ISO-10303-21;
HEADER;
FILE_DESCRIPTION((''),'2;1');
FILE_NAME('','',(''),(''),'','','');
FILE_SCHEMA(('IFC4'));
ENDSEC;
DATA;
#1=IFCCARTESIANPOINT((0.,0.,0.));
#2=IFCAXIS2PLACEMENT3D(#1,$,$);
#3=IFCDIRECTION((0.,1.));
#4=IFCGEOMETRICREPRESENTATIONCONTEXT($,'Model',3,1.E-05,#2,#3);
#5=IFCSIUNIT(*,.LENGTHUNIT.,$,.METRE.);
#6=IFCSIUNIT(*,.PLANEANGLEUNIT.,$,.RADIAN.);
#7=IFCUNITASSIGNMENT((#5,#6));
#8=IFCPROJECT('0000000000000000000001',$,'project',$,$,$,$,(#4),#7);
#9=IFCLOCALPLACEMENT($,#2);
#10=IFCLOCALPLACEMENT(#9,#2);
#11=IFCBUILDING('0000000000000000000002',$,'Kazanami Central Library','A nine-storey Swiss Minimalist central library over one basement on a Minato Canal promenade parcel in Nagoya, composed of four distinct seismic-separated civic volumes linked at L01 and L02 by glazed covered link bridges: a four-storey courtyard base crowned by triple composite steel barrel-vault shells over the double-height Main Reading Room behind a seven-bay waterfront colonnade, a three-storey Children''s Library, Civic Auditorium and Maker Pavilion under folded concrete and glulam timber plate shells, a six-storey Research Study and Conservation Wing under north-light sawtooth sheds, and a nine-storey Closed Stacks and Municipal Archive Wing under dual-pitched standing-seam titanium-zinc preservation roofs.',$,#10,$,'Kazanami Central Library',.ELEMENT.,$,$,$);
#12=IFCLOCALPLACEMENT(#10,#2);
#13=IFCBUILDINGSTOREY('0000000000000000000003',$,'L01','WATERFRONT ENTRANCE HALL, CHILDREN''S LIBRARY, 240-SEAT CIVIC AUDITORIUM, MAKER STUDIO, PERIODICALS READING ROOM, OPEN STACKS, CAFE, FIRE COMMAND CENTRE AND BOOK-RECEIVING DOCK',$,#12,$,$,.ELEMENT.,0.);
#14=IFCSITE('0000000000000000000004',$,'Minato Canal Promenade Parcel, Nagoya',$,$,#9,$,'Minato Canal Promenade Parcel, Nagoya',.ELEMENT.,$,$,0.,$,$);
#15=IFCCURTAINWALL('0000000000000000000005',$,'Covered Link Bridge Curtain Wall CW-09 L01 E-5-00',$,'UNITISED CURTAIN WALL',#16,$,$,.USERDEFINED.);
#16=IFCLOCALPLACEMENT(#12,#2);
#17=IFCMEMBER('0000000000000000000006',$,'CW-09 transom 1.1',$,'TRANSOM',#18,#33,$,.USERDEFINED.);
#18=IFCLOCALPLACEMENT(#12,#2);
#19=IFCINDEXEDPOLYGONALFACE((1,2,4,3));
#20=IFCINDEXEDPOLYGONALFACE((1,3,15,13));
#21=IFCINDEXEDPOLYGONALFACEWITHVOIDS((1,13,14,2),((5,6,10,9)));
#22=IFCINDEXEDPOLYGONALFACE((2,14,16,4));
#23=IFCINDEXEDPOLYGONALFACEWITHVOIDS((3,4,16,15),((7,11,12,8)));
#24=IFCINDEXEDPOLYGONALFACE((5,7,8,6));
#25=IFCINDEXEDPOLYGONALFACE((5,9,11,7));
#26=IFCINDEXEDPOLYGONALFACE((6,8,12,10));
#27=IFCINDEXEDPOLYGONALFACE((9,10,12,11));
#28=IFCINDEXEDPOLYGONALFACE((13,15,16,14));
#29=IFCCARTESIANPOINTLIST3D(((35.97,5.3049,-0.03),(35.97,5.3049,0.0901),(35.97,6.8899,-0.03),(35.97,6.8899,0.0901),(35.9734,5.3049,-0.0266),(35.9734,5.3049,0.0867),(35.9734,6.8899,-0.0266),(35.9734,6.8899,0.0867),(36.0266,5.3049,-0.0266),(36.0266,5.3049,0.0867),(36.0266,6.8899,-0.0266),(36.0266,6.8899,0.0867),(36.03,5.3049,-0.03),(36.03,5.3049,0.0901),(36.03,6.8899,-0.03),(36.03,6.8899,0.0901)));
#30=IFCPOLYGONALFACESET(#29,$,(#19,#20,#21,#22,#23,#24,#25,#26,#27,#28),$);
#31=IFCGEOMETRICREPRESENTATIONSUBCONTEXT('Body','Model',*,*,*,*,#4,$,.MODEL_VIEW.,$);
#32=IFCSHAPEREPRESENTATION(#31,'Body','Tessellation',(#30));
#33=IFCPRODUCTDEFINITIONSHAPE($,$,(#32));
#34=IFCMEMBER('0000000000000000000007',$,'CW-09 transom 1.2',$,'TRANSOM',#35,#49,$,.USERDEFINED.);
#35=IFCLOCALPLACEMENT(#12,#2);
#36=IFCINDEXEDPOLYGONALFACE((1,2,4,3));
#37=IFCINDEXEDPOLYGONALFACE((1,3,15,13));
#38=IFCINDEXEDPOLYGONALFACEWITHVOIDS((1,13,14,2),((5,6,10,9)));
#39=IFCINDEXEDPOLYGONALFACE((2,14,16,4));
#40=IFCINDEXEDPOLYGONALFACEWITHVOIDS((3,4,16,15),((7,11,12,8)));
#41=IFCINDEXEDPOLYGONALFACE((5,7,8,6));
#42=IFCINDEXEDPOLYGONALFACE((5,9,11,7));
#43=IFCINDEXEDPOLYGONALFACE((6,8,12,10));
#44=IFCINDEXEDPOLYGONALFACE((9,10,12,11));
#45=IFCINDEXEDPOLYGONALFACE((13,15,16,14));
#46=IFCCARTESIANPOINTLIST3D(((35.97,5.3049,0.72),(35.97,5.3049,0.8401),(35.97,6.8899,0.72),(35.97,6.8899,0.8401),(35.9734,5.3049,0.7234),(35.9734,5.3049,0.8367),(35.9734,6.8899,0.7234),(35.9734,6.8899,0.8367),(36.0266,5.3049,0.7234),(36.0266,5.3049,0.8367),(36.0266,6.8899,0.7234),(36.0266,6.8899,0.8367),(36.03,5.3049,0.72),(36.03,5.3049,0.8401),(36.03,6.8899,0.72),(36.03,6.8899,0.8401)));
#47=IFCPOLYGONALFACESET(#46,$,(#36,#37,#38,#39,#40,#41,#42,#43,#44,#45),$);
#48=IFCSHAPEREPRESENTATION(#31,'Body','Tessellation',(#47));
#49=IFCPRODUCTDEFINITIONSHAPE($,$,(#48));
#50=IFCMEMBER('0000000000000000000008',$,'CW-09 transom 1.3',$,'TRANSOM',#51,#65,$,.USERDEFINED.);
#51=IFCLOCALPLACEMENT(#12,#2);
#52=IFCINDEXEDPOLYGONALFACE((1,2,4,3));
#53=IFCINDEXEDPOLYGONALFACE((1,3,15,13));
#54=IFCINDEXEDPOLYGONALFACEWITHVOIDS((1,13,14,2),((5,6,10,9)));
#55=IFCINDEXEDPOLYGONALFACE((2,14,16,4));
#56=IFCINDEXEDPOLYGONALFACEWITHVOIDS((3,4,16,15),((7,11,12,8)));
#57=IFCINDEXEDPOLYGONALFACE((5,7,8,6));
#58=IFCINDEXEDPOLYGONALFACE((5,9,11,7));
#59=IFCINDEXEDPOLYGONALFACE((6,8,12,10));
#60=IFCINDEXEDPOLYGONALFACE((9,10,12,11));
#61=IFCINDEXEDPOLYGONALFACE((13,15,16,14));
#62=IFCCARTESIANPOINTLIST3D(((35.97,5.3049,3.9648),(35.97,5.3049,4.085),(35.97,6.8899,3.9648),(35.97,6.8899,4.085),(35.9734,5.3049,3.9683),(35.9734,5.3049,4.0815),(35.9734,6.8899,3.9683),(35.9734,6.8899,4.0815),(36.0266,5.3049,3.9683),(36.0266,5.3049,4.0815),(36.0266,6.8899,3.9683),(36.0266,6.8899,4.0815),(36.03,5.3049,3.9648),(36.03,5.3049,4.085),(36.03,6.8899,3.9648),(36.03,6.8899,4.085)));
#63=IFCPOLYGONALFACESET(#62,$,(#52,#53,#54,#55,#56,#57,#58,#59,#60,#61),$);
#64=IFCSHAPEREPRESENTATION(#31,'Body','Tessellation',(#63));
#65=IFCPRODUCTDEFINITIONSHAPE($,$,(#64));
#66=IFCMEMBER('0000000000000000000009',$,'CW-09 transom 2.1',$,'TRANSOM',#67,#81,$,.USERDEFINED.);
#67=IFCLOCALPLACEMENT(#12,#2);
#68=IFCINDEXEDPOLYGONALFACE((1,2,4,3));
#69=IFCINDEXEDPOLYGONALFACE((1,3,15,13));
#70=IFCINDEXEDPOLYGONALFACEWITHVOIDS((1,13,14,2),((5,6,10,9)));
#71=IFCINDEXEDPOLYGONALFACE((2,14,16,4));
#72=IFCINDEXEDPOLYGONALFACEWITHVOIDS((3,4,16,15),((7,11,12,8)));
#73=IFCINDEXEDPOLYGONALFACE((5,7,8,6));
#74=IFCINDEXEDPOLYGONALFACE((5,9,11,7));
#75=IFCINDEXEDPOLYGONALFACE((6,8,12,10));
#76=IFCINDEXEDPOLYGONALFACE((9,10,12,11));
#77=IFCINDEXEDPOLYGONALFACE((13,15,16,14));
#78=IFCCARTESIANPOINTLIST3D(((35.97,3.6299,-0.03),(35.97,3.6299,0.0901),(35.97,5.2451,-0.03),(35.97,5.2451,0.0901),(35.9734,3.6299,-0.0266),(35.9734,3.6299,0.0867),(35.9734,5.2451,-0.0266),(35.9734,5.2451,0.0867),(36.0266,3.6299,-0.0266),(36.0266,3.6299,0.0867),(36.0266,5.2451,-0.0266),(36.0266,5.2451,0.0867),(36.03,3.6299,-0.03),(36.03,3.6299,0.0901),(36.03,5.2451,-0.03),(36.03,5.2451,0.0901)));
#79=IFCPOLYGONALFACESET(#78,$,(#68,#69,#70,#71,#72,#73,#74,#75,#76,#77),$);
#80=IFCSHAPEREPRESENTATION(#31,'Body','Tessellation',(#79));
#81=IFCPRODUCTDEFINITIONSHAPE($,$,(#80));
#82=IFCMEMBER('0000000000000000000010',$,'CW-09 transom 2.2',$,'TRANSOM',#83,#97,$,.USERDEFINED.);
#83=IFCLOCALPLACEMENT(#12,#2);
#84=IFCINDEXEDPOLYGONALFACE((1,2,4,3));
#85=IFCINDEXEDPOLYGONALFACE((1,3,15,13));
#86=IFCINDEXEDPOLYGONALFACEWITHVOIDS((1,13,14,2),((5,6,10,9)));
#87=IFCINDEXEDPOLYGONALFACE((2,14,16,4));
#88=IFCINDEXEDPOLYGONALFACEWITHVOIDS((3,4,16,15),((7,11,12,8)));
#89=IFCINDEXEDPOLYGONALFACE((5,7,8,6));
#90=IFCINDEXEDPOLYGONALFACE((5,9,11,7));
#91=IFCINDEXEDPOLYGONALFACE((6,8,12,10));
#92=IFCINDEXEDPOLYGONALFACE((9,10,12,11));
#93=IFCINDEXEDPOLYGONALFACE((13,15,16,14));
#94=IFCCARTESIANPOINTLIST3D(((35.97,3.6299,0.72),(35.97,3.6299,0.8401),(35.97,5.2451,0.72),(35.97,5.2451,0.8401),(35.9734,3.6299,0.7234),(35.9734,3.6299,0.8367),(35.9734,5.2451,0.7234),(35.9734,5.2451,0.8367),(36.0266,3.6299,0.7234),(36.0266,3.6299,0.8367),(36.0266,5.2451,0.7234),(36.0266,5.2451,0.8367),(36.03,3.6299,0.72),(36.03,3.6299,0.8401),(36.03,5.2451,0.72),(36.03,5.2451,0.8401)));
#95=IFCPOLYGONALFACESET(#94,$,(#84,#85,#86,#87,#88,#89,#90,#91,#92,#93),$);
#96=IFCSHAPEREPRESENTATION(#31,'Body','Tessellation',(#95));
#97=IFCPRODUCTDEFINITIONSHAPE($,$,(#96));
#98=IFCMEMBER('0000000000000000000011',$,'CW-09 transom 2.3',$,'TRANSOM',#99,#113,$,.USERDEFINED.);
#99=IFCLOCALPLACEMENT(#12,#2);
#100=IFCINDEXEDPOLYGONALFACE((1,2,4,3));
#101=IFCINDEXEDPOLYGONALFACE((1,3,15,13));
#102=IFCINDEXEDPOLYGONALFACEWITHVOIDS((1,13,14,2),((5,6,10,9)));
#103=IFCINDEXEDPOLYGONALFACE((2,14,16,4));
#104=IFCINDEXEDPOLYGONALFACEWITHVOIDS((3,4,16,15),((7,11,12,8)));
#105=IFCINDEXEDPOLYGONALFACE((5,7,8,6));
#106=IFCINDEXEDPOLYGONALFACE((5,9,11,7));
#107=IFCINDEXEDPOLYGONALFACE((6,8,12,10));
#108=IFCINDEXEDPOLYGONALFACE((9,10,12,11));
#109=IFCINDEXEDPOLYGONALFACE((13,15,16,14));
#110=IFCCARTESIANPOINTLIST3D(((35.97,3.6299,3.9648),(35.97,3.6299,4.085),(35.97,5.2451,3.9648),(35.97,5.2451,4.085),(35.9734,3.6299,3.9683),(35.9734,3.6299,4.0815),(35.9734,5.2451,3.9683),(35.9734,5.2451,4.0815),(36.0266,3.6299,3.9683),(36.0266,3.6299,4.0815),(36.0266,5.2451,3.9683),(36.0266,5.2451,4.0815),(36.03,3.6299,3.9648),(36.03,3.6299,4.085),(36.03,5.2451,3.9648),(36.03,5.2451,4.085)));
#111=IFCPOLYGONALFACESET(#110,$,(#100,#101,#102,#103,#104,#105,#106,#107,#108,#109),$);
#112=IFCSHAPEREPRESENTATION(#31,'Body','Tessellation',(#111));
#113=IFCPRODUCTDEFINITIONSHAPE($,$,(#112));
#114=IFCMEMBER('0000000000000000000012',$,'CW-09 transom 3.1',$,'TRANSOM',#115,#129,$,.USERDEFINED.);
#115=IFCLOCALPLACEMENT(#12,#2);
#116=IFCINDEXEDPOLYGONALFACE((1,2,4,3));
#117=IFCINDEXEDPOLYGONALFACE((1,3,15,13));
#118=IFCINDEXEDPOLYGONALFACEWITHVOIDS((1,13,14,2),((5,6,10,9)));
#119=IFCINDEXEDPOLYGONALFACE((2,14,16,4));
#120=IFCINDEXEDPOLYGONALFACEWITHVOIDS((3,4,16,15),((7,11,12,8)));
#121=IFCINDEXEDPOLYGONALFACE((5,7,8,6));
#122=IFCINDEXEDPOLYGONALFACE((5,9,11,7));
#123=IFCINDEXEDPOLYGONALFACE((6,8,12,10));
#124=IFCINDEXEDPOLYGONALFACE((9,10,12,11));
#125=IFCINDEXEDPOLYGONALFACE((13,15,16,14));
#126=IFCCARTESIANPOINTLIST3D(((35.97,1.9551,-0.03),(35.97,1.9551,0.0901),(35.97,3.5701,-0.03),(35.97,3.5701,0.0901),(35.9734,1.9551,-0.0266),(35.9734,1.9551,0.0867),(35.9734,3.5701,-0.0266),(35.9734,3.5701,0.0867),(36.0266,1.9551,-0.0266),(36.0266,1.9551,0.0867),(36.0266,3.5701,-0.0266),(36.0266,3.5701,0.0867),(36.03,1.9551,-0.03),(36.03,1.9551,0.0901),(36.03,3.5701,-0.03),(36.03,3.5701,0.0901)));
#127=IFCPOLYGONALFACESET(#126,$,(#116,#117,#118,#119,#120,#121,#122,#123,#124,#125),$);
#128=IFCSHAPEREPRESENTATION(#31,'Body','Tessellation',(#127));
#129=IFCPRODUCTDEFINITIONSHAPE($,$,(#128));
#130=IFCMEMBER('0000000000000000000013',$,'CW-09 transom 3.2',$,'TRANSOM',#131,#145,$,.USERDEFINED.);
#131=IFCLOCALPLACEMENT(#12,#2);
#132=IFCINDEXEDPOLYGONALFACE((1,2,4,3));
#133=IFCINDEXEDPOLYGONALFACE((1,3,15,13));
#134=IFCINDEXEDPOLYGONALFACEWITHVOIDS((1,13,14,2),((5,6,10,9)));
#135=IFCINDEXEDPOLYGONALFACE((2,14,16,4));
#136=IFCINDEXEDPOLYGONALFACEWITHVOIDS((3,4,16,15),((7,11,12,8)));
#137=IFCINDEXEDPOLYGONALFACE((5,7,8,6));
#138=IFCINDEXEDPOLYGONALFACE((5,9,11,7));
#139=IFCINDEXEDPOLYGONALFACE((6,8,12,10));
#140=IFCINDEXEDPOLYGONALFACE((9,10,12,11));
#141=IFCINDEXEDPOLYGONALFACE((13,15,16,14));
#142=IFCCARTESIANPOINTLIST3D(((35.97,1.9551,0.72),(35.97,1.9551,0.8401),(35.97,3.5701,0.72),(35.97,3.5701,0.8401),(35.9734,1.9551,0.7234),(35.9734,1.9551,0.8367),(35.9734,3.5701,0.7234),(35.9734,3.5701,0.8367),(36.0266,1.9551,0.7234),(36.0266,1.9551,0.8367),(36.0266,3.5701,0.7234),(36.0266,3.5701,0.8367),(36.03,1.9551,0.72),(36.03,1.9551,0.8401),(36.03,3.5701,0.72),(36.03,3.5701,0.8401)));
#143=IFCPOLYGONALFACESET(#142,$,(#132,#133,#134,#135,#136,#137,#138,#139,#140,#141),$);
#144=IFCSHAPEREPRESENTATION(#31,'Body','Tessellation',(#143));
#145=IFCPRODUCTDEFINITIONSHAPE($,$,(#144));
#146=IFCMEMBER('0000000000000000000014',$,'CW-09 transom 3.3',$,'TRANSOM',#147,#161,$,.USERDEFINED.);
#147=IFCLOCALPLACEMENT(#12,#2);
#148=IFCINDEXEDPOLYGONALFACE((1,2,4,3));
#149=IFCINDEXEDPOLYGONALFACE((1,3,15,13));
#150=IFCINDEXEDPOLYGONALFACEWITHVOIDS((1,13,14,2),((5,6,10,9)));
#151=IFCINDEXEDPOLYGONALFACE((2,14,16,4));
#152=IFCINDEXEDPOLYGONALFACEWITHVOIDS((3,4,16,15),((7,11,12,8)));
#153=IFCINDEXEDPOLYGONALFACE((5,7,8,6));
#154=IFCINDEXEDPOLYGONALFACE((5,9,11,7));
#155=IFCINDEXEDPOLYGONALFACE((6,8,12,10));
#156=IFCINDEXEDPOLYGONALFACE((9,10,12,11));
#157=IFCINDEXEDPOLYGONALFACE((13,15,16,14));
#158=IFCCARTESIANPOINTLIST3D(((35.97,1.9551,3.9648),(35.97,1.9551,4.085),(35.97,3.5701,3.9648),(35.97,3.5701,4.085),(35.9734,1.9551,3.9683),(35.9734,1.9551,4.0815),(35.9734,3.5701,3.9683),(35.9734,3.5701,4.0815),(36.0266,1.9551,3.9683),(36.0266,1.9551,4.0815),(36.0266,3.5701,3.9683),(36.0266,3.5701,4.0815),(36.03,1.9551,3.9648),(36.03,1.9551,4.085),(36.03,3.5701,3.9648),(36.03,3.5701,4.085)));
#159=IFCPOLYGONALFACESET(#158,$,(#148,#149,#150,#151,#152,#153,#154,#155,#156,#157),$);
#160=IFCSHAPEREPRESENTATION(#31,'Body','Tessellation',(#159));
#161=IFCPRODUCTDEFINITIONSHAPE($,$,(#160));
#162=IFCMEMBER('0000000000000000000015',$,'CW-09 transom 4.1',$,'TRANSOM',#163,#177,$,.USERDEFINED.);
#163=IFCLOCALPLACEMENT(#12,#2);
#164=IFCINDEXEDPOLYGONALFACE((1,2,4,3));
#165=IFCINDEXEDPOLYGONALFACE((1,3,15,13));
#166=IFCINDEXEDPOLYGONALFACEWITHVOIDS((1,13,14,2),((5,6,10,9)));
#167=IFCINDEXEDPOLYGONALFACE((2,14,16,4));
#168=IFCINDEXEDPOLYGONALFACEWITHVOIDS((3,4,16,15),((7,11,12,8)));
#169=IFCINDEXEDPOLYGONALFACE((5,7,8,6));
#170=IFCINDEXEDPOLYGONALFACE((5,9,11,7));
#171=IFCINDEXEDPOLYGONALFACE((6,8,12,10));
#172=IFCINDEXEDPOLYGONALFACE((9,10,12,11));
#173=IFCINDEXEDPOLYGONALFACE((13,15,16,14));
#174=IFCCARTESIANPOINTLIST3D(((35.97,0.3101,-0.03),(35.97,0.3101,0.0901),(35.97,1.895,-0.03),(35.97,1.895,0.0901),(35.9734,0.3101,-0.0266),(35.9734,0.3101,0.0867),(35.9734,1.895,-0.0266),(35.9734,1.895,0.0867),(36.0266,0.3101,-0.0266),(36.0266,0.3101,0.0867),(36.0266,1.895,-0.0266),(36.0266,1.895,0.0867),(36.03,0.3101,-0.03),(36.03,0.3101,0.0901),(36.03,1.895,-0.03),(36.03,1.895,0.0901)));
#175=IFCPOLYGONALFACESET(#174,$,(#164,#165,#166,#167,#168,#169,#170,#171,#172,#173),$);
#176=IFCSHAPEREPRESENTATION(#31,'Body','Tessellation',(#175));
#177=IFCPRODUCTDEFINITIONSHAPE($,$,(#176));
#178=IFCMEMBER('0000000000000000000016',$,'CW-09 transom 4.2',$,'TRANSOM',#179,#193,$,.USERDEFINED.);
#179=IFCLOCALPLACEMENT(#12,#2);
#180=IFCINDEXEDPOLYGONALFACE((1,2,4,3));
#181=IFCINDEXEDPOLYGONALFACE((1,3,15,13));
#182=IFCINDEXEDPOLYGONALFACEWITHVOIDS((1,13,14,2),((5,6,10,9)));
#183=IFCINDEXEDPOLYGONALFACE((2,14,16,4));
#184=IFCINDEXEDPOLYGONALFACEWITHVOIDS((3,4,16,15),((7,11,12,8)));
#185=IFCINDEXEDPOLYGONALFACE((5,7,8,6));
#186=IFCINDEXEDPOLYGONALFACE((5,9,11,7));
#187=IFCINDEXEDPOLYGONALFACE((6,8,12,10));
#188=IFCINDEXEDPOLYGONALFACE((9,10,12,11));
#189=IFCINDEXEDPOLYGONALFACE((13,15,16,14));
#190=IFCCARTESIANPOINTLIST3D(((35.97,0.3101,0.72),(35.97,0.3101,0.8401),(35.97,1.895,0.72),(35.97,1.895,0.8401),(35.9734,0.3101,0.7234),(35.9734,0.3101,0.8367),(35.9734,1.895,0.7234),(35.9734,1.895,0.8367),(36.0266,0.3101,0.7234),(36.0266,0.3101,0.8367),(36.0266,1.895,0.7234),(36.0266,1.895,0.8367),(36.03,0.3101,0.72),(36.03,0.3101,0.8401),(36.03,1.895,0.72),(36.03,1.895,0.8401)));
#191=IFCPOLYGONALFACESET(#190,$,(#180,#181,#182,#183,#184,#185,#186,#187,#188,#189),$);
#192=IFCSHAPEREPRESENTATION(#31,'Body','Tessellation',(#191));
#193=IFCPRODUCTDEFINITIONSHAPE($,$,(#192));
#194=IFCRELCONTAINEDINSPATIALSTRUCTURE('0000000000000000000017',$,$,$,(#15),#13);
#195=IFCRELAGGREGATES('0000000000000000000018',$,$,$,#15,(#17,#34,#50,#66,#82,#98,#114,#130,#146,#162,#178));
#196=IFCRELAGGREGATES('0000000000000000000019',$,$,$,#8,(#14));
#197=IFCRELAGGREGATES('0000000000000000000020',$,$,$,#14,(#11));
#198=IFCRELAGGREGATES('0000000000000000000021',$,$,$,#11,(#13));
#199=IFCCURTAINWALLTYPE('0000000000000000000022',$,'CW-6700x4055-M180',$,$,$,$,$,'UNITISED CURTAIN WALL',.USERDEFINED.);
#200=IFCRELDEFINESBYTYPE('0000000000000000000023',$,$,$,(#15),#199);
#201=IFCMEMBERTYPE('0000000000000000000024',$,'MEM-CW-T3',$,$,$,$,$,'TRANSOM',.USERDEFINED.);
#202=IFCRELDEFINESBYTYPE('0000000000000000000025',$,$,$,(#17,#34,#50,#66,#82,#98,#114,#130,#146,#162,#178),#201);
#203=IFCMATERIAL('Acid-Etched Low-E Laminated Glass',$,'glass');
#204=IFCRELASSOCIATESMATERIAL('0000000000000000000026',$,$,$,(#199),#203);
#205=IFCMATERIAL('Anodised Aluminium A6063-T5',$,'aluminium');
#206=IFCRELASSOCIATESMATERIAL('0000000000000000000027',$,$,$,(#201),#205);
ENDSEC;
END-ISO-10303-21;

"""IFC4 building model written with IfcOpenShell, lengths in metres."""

from ifc_helpers import new_model, si_unit, direction, frame, origin, origin_2d, place, context, subcontext, project, spatial, hollow_rectangle, extrude, material, material_profile, profile_set, type_object, element, aggregate, save


model = new_model("IFC4")

# Units and contexts
model_context = context("Model", 3, precision=1e-05, world=origin(), true_north=direction((0.0, 1.0)))
body_context = subcontext(model_context, "Body", "Model", "MODEL_VIEW")
ifc_project = project(units=[si_unit("LENGTHUNIT", "METRE"), si_unit("PLANEANGLEUNIT", "RADIAN")], contexts=[model_context])

# Site, building, storey
site_placement = place(None, origin())
site = spatial("IfcSite", under=ifc_project, at=site_placement, Name="Minato Canal Promenade Parcel, Nagoya", LongName="Minato Canal Promenade Parcel, Nagoya", CompositionType="ELEMENT", RefElevation=0.0)
building_placement = place(site_placement, origin())
building = spatial("IfcBuilding", under=site, at=building_placement, Name="Kazanami Central Library", Description="A nine-storey Swiss Minimalist central library over one basement on a Minato Canal promenade parcel in Nagoya, composed of four distinct seismic-separated civic volumes linked at L01 and L02 by glazed covered link bridges: a four-storey courtyard base crowned by triple composite steel barrel-vault shells over the double-height Main Reading Room behind a seven-bay waterfront colonnade, a three-storey Children's Library, Civic Auditorium and Maker Pavilion under folded concrete and glulam timber plate shells, a six-storey Research Study and Conservation Wing under north-light sawtooth sheds, and a nine-storey Closed Stacks and Municipal Archive Wing under dual-pitched standing-seam titanium-zinc preservation roofs.", LongName="Kazanami Central Library", CompositionType="ELEMENT")
storey_placement = place(building_placement, origin())
storey = spatial("IfcBuildingStorey", under=building, at=storey_placement, Name="L01", Description="WATERFRONT ENTRANCE HALL, CHILDREN'S LIBRARY, 240-SEAT CIVIC AUDITORIUM, MAKER STUDIO, PERIODICALS READING ROOM, OPEN STACKS, CAFE, FIRE COMMAND CENTRE AND BOOK-RECEIVING DOCK", CompositionType="ELEMENT", Elevation=0.0)

# Curtain wall
ifc_material_1 = material(Name="Acid-Etched Low-E Laminated Glass", Category="glass")
curtain_wall_type = type_object("IfcCurtainWallType", Name="CW-6700x4055-M180", ElementType="UNITISED CURTAIN WALL", PredefinedType="USERDEFINED", material=ifc_material_1)
curtain_wall_1_placement = place(storey_placement, origin())
curtain_wall_1 = element("IfcCurtainWall", 1, at=curtain_wall_1_placement, inside=storey, type_object=curtain_wall_type, Name="Covered Link Bridge Curtain Wall CW-09 L01 E-5-00", ObjectType="UNITISED CURTAIN WALL", PredefinedType="USERDEFINED")
ifc_material_2 = material(Name="Anodised Aluminium A6063-T5", Category="aluminium")

# Members
ifc_material_profile_1 = material_profile(ifc_material_2, hollow_rectangle(XDim=0.0601, YDim=0.1201, WallThickness=0.0034, at=origin_2d()), Name="ALU-TRAN-60x120x3.5")
ifc_profile_set_1 = profile_set([ifc_material_profile_1], Name="Anodised Aluminium A6063-T5")
member_type_1 = type_object("IfcMemberType", Name="MEM-CW-T3", ElementType="TRANSOM", PredefinedType="USERDEFINED", material=ifc_profile_set_1)
member_1_placement = place(storey_placement, frame((36.0, 6.8899, 0.03), z_axis=(0.0, -1.0, 0.0), x_axis=(1.0, 0.0, 0.0)))
member_1 = element("IfcMember", 2, at=member_1_placement, type_object=member_type_1, Name="CW-09 transom 1.1", ObjectType="TRANSOM", PredefinedType="USERDEFINED", context=body_context, shape_type="SweptSolid", body=[
    extrude(hollow_rectangle(XDim=0.0601, YDim=0.1201, WallThickness=0.0034, at=origin_2d()), origin(), (0.0, 0.0, 1.0), 1.585),
])
member_2_placement = place(storey_placement, frame((36.0, 6.8899, 0.78), z_axis=(0.0, -1.0, 0.0), x_axis=(1.0, 0.0, 0.0)))
member_2 = element("IfcMember", 3, at=member_2_placement, type_object=member_type_1, Name="CW-09 transom 1.2", ObjectType="TRANSOM", PredefinedType="USERDEFINED", context=body_context, shape_type="SweptSolid", body=[
    extrude(hollow_rectangle(XDim=0.0601, YDim=0.1201, WallThickness=0.0034, at=origin_2d()), origin(), (0.0, 0.0, 1.0), 1.585),
])
member_3_placement = place(storey_placement, frame((36.0, 6.8899, 4.0249), z_axis=(0.0, -1.0, 0.0), x_axis=(1.0, 0.0, 0.0)))
member_3 = element("IfcMember", 4, at=member_3_placement, type_object=member_type_1, Name="CW-09 transom 1.3", ObjectType="TRANSOM", PredefinedType="USERDEFINED", context=body_context, shape_type="SweptSolid", body=[
    extrude(hollow_rectangle(XDim=0.0601, YDim=0.1201, WallThickness=0.0034, at=origin_2d()), origin(), (0.0, 0.0, 1.0), 1.585),
])
member_4_placement = place(storey_placement, frame((36.0, 5.2451, 0.03), z_axis=(0.0, -1.0, 0.0), x_axis=(1.0, 0.0, 0.0)))
member_4 = element("IfcMember", 5, at=member_4_placement, type_object=member_type_1, Name="CW-09 transom 2.1", ObjectType="TRANSOM", PredefinedType="USERDEFINED", context=body_context, shape_type="SweptSolid", body=[
    extrude(hollow_rectangle(XDim=0.0601, YDim=0.1201, WallThickness=0.0034, at=origin_2d()), origin(), (0.0, 0.0, 1.0), 1.6152),
])
member_5_placement = place(storey_placement, frame((36.0, 5.2451, 0.78), z_axis=(0.0, -1.0, 0.0), x_axis=(1.0, 0.0, 0.0)))
member_5 = element("IfcMember", 6, at=member_5_placement, type_object=member_type_1, Name="CW-09 transom 2.2", ObjectType="TRANSOM", PredefinedType="USERDEFINED", context=body_context, shape_type="SweptSolid", body=[
    extrude(hollow_rectangle(XDim=0.0601, YDim=0.1201, WallThickness=0.0034, at=origin_2d()), origin(), (0.0, 0.0, 1.0), 1.6152),
])
member_6_placement = place(storey_placement, frame((36.0, 5.2451, 4.0249), z_axis=(0.0, -1.0, 0.0), x_axis=(1.0, 0.0, 0.0)))
member_6 = element("IfcMember", 7, at=member_6_placement, type_object=member_type_1, Name="CW-09 transom 2.3", ObjectType="TRANSOM", PredefinedType="USERDEFINED", context=body_context, shape_type="SweptSolid", body=[
    extrude(hollow_rectangle(XDim=0.0601, YDim=0.1201, WallThickness=0.0034, at=origin_2d()), origin(), (0.0, 0.0, 1.0), 1.6152),
])
member_7_placement = place(storey_placement, frame((36.0, 3.5701, 0.03), z_axis=(0.0, -1.0, 0.0), x_axis=(1.0, 0.0, 0.0)))
member_7 = element("IfcMember", 8, at=member_7_placement, type_object=member_type_1, Name="CW-09 transom 3.1", ObjectType="TRANSOM", PredefinedType="USERDEFINED", context=body_context, shape_type="SweptSolid", body=[
    extrude(hollow_rectangle(XDim=0.0601, YDim=0.1201, WallThickness=0.0034, at=origin_2d()), origin(), (0.0, 0.0, 1.0), 1.615),
])
member_8_placement = place(storey_placement, frame((36.0, 3.5701, 0.78), z_axis=(0.0, -1.0, 0.0), x_axis=(1.0, 0.0, 0.0)))
member_8 = element("IfcMember", 9, at=member_8_placement, type_object=member_type_1, Name="CW-09 transom 3.2", ObjectType="TRANSOM", PredefinedType="USERDEFINED", context=body_context, shape_type="SweptSolid", body=[
    extrude(hollow_rectangle(XDim=0.0601, YDim=0.1201, WallThickness=0.0034, at=origin_2d()), origin(), (0.0, 0.0, 1.0), 1.615),
])
member_9_placement = place(storey_placement, frame((36.0, 3.5701, 4.0249), z_axis=(0.0, -1.0, 0.0), x_axis=(1.0, 0.0, 0.0)))
member_9 = element("IfcMember", 10, at=member_9_placement, type_object=member_type_1, Name="CW-09 transom 3.3", ObjectType="TRANSOM", PredefinedType="USERDEFINED", context=body_context, shape_type="SweptSolid", body=[
    extrude(hollow_rectangle(XDim=0.0601, YDim=0.1201, WallThickness=0.0034, at=origin_2d()), origin(), (0.0, 0.0, 1.0), 1.615),
])
member_10_placement = place(storey_placement, frame((36.0, 1.895, 0.03), z_axis=(0.0, -1.0, 0.0), x_axis=(1.0, 0.0, 0.0)))
member_10 = element("IfcMember", 11, at=member_10_placement, type_object=member_type_1, Name="CW-09 transom 4.1", ObjectType="TRANSOM", PredefinedType="USERDEFINED", context=body_context, shape_type="SweptSolid", body=[
    extrude(hollow_rectangle(XDim=0.0601, YDim=0.1201, WallThickness=0.0034, at=origin_2d()), origin(), (0.0, 0.0, 1.0), 1.585),
])
member_11_placement = place(storey_placement, frame((36.0, 1.895, 0.78), z_axis=(0.0, -1.0, 0.0), x_axis=(1.0, 0.0, 0.0)))
member_11 = element("IfcMember", 12, at=member_11_placement, type_object=member_type_1, Name="CW-09 transom 4.2", ObjectType="TRANSOM", PredefinedType="USERDEFINED", context=body_context, shape_type="SweptSolid", body=[
    extrude(hollow_rectangle(XDim=0.0601, YDim=0.1201, WallThickness=0.0034, at=origin_2d()), origin(), (0.0, 0.0, 1.0), 1.585),
])

aggregate(curtain_wall_1, [member_1, member_2, member_3, member_4, member_5, member_6, member_7, member_8, member_9, member_10, member_11])

save(model, "model.ifc")
